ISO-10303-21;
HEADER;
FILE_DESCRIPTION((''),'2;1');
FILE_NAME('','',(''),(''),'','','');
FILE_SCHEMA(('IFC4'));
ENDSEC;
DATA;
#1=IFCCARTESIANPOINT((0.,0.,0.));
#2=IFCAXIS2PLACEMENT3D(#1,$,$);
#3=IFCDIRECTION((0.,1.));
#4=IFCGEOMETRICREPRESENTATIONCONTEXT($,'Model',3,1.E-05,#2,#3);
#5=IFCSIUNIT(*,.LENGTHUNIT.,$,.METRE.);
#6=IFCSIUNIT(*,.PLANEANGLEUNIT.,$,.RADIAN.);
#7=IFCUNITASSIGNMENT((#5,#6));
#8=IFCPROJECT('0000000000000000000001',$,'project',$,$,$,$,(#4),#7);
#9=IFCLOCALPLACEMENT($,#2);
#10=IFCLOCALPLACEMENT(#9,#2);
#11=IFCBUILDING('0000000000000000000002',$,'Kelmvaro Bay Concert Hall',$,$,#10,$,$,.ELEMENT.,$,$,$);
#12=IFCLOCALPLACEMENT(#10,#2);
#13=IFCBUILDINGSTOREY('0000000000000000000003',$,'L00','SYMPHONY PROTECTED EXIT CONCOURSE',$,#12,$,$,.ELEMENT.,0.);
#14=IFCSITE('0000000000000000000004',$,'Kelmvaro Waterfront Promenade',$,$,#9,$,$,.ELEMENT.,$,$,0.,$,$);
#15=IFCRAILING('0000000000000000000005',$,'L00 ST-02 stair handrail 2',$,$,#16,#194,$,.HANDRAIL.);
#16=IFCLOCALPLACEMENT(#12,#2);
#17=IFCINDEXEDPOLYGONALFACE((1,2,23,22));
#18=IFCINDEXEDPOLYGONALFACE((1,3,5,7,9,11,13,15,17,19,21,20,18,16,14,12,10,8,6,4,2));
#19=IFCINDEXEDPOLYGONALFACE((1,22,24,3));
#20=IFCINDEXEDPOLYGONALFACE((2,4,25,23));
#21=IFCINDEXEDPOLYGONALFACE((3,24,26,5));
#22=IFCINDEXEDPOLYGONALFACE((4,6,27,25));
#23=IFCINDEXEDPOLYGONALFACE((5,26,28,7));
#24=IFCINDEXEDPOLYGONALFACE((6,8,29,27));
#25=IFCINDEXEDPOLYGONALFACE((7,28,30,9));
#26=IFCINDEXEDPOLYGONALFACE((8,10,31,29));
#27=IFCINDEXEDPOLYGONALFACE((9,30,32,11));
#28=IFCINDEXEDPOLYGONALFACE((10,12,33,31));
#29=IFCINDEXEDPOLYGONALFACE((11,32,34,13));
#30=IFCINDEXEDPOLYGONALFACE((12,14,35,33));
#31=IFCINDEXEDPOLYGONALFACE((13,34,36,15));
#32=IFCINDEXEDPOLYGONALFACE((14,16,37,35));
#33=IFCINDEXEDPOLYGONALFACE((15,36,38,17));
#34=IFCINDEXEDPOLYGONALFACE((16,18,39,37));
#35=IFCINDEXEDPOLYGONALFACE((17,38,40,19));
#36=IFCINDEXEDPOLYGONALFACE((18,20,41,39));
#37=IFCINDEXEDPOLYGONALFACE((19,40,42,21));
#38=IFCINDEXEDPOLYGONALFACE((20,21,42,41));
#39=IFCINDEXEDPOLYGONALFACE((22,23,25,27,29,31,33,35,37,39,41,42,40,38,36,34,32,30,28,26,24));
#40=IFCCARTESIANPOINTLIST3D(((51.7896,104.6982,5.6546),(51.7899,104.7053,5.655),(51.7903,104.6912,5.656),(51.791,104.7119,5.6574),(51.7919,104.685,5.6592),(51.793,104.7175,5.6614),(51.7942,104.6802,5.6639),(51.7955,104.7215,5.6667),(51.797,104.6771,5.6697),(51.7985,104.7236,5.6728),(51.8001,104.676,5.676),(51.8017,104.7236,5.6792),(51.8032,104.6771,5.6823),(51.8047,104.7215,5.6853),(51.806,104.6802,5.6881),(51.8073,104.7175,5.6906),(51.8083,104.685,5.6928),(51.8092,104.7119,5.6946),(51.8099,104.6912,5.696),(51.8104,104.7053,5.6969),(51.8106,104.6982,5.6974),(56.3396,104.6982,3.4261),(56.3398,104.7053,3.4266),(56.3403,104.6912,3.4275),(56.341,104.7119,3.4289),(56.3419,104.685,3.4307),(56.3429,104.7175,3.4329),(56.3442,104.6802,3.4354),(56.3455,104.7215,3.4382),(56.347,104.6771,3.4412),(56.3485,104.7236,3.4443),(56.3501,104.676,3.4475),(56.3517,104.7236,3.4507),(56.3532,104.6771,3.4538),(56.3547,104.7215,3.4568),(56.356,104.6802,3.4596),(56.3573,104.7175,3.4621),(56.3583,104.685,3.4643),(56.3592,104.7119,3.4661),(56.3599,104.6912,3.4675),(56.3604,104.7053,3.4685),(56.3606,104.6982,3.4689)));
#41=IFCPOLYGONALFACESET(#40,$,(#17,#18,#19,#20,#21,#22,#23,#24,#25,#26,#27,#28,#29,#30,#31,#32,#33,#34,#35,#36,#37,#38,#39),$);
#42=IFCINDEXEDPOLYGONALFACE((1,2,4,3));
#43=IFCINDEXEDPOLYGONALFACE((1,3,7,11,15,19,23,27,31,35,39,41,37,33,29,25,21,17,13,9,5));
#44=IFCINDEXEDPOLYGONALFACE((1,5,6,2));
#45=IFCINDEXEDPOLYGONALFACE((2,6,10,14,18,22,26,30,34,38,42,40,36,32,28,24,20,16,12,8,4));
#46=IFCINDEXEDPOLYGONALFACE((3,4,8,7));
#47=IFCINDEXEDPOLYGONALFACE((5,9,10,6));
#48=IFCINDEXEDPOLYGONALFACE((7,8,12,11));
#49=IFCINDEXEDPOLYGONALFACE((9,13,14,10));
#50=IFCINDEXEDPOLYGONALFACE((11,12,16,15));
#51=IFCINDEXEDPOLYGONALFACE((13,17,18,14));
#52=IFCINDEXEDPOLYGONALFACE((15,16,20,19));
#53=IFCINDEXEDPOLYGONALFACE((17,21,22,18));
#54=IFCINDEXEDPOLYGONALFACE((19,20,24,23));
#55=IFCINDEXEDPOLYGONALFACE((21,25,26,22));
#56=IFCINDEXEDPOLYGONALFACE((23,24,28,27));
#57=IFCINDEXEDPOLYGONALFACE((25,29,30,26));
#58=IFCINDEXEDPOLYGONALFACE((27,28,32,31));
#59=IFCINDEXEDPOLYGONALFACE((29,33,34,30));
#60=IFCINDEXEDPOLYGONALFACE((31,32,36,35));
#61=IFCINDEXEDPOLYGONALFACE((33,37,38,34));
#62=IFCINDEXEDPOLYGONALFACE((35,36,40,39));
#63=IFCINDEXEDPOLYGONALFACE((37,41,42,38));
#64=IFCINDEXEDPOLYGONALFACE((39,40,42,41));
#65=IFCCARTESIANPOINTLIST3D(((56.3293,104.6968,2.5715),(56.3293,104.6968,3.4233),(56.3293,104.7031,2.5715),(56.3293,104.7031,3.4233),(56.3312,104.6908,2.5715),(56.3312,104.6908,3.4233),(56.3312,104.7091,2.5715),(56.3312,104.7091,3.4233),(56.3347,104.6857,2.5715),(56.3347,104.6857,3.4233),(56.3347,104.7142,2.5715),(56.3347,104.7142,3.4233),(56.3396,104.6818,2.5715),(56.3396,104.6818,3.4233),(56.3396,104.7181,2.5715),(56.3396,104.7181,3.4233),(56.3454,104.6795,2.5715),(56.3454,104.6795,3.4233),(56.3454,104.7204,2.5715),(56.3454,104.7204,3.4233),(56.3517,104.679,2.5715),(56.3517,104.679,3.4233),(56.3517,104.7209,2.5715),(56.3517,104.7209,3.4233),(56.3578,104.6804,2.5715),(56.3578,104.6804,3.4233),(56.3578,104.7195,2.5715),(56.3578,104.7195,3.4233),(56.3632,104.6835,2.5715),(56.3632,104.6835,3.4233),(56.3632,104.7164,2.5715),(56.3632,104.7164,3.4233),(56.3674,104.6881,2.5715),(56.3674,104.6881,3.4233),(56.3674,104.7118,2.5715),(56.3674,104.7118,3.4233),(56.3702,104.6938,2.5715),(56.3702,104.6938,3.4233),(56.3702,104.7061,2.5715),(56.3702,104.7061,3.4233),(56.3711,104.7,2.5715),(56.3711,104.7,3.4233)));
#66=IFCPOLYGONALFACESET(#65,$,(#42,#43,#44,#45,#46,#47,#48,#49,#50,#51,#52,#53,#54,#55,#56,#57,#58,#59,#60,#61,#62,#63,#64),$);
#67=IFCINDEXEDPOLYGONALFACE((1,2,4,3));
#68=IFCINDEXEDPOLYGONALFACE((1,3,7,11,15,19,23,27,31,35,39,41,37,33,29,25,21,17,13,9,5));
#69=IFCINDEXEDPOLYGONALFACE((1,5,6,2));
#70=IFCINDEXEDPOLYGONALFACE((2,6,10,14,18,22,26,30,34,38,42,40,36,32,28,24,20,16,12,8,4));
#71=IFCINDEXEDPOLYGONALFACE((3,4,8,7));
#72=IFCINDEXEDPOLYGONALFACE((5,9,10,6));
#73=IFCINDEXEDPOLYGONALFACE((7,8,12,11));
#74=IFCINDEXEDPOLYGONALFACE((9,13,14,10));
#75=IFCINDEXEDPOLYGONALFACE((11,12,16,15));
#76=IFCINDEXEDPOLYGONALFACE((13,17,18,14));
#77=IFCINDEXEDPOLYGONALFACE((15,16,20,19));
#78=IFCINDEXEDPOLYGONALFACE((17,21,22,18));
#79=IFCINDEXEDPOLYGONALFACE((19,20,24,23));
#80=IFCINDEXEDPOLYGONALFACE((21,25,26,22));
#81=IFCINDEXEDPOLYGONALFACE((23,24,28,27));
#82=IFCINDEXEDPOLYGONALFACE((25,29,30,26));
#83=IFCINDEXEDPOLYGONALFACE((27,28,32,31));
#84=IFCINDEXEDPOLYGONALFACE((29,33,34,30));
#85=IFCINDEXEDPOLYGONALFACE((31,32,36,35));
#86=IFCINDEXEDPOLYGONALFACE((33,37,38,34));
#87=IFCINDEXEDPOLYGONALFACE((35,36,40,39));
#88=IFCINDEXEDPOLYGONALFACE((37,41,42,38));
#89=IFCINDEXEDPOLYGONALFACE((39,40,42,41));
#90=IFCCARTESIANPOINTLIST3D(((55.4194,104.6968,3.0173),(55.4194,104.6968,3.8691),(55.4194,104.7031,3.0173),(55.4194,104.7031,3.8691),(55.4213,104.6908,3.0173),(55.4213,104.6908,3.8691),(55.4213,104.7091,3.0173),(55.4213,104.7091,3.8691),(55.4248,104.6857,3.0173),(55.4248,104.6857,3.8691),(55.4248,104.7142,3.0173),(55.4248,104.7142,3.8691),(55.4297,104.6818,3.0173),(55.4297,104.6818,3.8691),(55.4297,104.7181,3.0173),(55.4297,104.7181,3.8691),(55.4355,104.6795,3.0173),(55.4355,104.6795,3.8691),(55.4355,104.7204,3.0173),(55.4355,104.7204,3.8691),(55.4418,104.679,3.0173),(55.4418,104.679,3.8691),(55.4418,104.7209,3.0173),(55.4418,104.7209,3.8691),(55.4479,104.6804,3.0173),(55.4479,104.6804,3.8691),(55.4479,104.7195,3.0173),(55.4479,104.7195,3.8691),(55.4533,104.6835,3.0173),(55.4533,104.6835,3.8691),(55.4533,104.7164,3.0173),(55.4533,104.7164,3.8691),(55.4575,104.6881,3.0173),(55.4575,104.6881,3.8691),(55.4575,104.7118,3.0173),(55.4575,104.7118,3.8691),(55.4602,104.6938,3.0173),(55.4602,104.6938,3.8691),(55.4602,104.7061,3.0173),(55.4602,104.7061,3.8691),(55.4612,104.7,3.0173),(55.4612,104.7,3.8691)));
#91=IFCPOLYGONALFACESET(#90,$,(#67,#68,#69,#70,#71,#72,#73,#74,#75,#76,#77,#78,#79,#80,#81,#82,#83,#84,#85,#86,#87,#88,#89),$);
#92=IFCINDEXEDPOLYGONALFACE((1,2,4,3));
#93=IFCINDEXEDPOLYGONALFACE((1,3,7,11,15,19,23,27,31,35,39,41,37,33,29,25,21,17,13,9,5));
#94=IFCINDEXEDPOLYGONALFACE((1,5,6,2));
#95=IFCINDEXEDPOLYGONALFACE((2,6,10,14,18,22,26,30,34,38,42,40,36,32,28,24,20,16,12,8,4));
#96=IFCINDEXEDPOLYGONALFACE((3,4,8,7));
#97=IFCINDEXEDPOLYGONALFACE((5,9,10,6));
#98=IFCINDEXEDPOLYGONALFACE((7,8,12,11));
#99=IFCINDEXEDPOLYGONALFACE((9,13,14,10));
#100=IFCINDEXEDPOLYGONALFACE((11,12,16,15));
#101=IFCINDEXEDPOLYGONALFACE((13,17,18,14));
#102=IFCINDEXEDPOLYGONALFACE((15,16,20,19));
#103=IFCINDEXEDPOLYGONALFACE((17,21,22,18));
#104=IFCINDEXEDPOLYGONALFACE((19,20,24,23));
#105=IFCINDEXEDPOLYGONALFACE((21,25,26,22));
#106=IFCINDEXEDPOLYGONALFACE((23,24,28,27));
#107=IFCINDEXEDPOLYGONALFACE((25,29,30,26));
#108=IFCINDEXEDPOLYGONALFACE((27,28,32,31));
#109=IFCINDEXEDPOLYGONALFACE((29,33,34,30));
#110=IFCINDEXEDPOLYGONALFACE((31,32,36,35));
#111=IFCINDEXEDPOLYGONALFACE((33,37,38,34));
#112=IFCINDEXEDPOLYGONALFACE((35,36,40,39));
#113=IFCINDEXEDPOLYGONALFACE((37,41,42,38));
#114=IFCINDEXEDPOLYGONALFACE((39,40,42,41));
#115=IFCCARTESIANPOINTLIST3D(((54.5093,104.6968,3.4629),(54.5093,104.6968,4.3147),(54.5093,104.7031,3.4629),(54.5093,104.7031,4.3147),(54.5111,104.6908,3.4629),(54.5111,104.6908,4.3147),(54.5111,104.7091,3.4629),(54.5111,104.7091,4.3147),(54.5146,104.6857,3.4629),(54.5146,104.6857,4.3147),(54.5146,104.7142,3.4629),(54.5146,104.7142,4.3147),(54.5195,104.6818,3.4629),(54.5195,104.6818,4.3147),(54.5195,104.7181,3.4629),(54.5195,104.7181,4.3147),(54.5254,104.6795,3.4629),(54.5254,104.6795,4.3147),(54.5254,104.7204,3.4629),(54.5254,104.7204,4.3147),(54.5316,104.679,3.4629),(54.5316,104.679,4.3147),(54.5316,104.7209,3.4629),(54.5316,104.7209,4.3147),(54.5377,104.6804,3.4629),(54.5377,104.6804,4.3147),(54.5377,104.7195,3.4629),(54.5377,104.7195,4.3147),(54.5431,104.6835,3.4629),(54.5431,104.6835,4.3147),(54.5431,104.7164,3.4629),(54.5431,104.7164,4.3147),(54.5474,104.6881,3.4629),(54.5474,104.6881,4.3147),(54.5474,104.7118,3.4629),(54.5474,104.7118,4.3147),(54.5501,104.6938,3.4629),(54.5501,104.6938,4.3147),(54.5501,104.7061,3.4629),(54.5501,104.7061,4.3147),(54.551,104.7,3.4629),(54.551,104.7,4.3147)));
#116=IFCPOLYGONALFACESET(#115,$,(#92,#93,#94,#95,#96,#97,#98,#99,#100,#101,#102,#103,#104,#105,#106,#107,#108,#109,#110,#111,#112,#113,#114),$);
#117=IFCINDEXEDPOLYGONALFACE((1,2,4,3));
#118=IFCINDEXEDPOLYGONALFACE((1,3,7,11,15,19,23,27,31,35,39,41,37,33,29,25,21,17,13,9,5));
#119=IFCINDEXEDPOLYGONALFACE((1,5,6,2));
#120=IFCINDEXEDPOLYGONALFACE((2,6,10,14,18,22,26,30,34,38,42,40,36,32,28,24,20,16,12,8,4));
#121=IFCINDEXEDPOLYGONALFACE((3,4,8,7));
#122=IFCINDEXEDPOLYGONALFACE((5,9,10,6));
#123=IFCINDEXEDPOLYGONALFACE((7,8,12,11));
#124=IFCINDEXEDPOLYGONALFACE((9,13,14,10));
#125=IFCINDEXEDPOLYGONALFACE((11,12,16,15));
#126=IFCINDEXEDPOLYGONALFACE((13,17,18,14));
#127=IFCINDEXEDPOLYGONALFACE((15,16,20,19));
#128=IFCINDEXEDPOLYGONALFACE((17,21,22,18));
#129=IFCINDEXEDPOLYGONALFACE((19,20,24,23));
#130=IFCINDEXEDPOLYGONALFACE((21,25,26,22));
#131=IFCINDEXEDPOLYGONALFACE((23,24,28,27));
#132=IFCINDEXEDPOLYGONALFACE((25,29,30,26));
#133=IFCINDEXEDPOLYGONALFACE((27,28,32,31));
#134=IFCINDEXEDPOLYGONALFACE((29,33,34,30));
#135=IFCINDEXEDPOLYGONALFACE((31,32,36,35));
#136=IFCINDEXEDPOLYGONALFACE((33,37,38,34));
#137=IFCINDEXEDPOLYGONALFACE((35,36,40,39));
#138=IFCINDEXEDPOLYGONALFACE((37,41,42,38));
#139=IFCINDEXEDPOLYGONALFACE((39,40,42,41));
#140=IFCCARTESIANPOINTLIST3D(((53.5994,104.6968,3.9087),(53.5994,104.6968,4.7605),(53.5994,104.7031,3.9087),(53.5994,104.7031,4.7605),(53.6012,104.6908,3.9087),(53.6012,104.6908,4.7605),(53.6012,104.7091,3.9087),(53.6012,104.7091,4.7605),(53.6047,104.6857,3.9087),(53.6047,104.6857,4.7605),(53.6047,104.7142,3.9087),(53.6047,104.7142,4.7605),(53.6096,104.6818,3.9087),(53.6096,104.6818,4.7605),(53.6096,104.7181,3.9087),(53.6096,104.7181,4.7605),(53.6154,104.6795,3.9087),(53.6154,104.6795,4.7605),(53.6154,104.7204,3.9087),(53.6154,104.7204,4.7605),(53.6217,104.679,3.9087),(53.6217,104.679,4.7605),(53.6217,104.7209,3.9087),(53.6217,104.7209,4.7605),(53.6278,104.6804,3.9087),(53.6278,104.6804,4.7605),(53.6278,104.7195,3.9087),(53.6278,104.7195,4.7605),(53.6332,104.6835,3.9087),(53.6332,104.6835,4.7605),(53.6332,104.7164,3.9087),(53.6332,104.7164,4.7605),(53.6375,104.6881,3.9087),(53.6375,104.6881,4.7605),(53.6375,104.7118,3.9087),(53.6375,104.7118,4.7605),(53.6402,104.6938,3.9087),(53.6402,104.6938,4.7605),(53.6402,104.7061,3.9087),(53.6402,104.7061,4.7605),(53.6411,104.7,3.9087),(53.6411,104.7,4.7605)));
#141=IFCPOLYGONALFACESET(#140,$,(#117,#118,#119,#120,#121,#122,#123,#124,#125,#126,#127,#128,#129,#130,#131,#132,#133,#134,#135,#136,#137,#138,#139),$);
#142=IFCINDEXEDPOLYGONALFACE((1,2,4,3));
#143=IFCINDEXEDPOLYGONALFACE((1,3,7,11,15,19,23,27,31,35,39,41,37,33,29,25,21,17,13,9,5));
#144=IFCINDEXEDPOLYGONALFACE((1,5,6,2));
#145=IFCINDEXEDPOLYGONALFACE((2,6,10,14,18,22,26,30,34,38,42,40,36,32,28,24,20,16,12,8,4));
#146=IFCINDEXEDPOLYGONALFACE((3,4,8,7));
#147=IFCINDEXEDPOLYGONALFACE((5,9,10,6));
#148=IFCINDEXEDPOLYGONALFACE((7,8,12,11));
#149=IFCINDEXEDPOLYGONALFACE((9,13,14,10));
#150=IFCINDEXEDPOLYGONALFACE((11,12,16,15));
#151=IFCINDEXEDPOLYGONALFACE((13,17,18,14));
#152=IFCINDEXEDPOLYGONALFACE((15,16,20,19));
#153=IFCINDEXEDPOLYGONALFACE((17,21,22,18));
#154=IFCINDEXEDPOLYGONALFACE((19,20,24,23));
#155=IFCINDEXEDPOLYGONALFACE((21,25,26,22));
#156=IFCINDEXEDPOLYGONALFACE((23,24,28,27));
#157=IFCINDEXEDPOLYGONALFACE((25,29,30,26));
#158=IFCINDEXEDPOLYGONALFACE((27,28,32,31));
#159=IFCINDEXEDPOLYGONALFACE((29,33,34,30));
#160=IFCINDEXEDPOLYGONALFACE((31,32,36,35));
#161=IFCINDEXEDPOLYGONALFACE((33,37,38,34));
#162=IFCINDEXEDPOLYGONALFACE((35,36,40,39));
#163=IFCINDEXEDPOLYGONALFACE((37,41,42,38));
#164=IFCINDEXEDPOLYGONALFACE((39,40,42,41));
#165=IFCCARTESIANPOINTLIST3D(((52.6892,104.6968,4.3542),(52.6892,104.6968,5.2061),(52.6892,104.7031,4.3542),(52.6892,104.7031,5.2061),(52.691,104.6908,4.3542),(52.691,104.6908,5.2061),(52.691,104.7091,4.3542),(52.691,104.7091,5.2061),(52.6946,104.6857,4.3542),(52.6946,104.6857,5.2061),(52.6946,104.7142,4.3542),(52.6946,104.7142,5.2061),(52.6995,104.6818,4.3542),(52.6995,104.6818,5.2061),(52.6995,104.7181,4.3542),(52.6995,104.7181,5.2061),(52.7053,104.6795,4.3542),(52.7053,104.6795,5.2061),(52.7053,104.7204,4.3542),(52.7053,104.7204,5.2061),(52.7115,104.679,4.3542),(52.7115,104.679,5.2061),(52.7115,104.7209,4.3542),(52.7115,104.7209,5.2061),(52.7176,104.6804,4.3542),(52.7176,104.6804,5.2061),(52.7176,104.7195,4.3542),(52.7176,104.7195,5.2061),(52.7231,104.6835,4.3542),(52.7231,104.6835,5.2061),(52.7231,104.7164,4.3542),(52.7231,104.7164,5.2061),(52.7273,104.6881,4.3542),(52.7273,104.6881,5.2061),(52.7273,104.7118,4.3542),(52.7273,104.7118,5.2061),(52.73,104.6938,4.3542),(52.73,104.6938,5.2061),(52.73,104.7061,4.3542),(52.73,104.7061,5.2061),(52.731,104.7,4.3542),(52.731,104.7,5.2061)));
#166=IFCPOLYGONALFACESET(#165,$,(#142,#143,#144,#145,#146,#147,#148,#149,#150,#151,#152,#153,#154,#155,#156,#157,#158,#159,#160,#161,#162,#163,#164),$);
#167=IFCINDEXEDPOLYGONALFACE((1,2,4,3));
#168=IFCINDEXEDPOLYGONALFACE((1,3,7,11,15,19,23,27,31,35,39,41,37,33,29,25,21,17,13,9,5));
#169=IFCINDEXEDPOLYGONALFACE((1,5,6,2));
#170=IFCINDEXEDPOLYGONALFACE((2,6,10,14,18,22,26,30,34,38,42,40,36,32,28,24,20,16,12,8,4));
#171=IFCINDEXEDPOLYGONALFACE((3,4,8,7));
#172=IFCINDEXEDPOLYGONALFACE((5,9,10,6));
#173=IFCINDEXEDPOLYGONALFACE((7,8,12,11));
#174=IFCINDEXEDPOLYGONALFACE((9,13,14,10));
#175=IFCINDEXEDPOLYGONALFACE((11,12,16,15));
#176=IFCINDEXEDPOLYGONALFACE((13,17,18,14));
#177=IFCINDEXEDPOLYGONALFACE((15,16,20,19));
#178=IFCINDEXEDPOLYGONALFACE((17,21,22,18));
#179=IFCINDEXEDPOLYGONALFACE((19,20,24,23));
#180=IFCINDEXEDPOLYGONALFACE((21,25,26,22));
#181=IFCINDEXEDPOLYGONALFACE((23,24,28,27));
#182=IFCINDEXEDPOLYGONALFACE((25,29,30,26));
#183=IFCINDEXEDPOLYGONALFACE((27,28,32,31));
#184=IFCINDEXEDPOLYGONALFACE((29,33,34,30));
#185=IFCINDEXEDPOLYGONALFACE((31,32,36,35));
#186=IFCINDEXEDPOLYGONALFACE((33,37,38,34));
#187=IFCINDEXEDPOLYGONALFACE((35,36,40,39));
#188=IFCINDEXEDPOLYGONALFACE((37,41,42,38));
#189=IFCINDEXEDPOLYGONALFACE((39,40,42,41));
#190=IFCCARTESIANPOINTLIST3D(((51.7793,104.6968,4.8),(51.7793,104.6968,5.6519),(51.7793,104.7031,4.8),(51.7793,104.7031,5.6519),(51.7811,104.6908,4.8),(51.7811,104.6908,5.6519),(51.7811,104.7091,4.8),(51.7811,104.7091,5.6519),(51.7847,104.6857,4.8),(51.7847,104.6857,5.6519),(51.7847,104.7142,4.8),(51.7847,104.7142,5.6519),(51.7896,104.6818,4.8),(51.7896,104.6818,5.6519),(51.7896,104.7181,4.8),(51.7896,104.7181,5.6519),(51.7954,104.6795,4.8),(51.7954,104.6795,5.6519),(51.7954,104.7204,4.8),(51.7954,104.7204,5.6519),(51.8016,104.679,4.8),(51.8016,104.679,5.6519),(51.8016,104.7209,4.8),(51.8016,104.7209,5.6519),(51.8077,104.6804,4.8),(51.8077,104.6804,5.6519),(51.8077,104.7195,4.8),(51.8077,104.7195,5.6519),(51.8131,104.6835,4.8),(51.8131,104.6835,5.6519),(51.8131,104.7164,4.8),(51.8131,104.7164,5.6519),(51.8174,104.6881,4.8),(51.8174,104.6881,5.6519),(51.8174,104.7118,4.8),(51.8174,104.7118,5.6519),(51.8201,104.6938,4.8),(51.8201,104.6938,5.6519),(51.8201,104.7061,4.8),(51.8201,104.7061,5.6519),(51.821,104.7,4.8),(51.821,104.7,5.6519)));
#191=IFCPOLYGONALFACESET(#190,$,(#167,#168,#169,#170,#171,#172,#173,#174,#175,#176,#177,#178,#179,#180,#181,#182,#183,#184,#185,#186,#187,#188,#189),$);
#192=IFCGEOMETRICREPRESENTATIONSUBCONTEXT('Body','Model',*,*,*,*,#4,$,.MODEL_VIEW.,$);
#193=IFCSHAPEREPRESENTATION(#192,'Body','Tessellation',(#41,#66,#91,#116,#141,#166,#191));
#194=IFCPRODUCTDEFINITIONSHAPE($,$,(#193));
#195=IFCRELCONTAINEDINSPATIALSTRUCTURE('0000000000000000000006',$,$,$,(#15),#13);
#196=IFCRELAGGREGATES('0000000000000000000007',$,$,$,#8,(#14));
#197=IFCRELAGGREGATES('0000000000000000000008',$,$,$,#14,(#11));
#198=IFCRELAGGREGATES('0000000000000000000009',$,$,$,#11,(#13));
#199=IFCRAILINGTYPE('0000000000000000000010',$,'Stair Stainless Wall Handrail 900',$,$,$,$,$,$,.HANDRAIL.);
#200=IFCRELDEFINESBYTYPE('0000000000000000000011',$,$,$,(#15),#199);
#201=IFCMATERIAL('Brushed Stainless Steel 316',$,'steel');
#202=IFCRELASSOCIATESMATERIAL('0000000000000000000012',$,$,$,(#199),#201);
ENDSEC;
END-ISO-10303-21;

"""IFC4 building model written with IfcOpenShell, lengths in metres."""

from ifc_helpers import new_model, si_unit, direction, frame, origin, origin_2d, place, context, subcontext, project, spatial, circle, extrude, material, type_object, element, save


model = new_model("IFC4")

# Units and contexts
model_context = context("Model", 3, precision=1e-05, world=origin(), true_north=direction((0.0, 1.0)))
body_context = subcontext(model_context, "Body", "Model", "MODEL_VIEW")
ifc_project = project(units=[si_unit("LENGTHUNIT", "METRE"), si_unit("PLANEANGLEUNIT", "RADIAN")], contexts=[model_context])

# Site, building, storey
site_placement = place(None, origin())
site = spatial("IfcSite", under=ifc_project, at=site_placement, Name="Kelmvaro Waterfront Promenade", CompositionType="ELEMENT", RefElevation=0.0)
building_placement = place(site_placement, origin())
building = spatial("IfcBuilding", under=site, at=building_placement, Name="Kelmvaro Bay Concert Hall", CompositionType="ELEMENT")
storey_placement = place(building_placement, origin())
storey = spatial("IfcBuildingStorey", under=building, at=storey_placement, Name="L00", Description="SYMPHONY PROTECTED EXIT CONCOURSE", CompositionType="ELEMENT", Elevation=0.0)

# Railing
ifc_material_1 = material(Name="Brushed Stainless Steel 316", Category="steel")
railing_type_1 = type_object("IfcRailingType", Name="Stair Stainless Wall Handrail 900", PredefinedType="HANDRAIL", material=ifc_material_1)
railing_1_placement = place(storey_placement, frame((56.3501, 104.7, 2.5715)))
element("IfcRailing", 1, at=railing_1_placement, inside=storey, type_object=railing_type_1, Name="L00 ST-02 stair handrail 2", PredefinedType="HANDRAIL", context=body_context, shape_type="SweptSolid", body=[
    extrude(circle(Radius=0.0239, at=origin_2d()), frame((0.0, 0.0, 0.876), z_axis=(-0.898069, 0.0, 0.439855), x_axis=(0.0, -1.0, 0.0)), (0.0, 0.0, 1.0), 5.0664),
    extrude(circle(Radius=0.021, at=origin_2d()), origin(), (0.0, 0.0, 1.0), 0.8518),
    extrude(circle(Radius=0.021, at=origin_2d()), frame((-0.9099, 0.0, 0.4458)), (0.0, 0.0, 1.0), 0.8518),
    extrude(circle(Radius=0.021, at=origin_2d()), frame((-1.8201, 0.0, 0.8914)), (0.0, 0.0, 1.0), 0.8518),
    extrude(circle(Radius=0.021, at=origin_2d()), frame((-2.73, 0.0, 1.3372)), (0.0, 0.0, 1.0), 0.8518),
    extrude(circle(Radius=0.021, at=origin_2d()), frame((-3.6401, 0.0, 1.7827)), (0.0, 0.0, 1.0), 0.8518),
    extrude(circle(Radius=0.021, at=origin_2d()), frame((-4.55, 0.0, 2.2285)), (0.0, 0.0, 1.0), 0.8518),
])

save(model, "model.ifc")
